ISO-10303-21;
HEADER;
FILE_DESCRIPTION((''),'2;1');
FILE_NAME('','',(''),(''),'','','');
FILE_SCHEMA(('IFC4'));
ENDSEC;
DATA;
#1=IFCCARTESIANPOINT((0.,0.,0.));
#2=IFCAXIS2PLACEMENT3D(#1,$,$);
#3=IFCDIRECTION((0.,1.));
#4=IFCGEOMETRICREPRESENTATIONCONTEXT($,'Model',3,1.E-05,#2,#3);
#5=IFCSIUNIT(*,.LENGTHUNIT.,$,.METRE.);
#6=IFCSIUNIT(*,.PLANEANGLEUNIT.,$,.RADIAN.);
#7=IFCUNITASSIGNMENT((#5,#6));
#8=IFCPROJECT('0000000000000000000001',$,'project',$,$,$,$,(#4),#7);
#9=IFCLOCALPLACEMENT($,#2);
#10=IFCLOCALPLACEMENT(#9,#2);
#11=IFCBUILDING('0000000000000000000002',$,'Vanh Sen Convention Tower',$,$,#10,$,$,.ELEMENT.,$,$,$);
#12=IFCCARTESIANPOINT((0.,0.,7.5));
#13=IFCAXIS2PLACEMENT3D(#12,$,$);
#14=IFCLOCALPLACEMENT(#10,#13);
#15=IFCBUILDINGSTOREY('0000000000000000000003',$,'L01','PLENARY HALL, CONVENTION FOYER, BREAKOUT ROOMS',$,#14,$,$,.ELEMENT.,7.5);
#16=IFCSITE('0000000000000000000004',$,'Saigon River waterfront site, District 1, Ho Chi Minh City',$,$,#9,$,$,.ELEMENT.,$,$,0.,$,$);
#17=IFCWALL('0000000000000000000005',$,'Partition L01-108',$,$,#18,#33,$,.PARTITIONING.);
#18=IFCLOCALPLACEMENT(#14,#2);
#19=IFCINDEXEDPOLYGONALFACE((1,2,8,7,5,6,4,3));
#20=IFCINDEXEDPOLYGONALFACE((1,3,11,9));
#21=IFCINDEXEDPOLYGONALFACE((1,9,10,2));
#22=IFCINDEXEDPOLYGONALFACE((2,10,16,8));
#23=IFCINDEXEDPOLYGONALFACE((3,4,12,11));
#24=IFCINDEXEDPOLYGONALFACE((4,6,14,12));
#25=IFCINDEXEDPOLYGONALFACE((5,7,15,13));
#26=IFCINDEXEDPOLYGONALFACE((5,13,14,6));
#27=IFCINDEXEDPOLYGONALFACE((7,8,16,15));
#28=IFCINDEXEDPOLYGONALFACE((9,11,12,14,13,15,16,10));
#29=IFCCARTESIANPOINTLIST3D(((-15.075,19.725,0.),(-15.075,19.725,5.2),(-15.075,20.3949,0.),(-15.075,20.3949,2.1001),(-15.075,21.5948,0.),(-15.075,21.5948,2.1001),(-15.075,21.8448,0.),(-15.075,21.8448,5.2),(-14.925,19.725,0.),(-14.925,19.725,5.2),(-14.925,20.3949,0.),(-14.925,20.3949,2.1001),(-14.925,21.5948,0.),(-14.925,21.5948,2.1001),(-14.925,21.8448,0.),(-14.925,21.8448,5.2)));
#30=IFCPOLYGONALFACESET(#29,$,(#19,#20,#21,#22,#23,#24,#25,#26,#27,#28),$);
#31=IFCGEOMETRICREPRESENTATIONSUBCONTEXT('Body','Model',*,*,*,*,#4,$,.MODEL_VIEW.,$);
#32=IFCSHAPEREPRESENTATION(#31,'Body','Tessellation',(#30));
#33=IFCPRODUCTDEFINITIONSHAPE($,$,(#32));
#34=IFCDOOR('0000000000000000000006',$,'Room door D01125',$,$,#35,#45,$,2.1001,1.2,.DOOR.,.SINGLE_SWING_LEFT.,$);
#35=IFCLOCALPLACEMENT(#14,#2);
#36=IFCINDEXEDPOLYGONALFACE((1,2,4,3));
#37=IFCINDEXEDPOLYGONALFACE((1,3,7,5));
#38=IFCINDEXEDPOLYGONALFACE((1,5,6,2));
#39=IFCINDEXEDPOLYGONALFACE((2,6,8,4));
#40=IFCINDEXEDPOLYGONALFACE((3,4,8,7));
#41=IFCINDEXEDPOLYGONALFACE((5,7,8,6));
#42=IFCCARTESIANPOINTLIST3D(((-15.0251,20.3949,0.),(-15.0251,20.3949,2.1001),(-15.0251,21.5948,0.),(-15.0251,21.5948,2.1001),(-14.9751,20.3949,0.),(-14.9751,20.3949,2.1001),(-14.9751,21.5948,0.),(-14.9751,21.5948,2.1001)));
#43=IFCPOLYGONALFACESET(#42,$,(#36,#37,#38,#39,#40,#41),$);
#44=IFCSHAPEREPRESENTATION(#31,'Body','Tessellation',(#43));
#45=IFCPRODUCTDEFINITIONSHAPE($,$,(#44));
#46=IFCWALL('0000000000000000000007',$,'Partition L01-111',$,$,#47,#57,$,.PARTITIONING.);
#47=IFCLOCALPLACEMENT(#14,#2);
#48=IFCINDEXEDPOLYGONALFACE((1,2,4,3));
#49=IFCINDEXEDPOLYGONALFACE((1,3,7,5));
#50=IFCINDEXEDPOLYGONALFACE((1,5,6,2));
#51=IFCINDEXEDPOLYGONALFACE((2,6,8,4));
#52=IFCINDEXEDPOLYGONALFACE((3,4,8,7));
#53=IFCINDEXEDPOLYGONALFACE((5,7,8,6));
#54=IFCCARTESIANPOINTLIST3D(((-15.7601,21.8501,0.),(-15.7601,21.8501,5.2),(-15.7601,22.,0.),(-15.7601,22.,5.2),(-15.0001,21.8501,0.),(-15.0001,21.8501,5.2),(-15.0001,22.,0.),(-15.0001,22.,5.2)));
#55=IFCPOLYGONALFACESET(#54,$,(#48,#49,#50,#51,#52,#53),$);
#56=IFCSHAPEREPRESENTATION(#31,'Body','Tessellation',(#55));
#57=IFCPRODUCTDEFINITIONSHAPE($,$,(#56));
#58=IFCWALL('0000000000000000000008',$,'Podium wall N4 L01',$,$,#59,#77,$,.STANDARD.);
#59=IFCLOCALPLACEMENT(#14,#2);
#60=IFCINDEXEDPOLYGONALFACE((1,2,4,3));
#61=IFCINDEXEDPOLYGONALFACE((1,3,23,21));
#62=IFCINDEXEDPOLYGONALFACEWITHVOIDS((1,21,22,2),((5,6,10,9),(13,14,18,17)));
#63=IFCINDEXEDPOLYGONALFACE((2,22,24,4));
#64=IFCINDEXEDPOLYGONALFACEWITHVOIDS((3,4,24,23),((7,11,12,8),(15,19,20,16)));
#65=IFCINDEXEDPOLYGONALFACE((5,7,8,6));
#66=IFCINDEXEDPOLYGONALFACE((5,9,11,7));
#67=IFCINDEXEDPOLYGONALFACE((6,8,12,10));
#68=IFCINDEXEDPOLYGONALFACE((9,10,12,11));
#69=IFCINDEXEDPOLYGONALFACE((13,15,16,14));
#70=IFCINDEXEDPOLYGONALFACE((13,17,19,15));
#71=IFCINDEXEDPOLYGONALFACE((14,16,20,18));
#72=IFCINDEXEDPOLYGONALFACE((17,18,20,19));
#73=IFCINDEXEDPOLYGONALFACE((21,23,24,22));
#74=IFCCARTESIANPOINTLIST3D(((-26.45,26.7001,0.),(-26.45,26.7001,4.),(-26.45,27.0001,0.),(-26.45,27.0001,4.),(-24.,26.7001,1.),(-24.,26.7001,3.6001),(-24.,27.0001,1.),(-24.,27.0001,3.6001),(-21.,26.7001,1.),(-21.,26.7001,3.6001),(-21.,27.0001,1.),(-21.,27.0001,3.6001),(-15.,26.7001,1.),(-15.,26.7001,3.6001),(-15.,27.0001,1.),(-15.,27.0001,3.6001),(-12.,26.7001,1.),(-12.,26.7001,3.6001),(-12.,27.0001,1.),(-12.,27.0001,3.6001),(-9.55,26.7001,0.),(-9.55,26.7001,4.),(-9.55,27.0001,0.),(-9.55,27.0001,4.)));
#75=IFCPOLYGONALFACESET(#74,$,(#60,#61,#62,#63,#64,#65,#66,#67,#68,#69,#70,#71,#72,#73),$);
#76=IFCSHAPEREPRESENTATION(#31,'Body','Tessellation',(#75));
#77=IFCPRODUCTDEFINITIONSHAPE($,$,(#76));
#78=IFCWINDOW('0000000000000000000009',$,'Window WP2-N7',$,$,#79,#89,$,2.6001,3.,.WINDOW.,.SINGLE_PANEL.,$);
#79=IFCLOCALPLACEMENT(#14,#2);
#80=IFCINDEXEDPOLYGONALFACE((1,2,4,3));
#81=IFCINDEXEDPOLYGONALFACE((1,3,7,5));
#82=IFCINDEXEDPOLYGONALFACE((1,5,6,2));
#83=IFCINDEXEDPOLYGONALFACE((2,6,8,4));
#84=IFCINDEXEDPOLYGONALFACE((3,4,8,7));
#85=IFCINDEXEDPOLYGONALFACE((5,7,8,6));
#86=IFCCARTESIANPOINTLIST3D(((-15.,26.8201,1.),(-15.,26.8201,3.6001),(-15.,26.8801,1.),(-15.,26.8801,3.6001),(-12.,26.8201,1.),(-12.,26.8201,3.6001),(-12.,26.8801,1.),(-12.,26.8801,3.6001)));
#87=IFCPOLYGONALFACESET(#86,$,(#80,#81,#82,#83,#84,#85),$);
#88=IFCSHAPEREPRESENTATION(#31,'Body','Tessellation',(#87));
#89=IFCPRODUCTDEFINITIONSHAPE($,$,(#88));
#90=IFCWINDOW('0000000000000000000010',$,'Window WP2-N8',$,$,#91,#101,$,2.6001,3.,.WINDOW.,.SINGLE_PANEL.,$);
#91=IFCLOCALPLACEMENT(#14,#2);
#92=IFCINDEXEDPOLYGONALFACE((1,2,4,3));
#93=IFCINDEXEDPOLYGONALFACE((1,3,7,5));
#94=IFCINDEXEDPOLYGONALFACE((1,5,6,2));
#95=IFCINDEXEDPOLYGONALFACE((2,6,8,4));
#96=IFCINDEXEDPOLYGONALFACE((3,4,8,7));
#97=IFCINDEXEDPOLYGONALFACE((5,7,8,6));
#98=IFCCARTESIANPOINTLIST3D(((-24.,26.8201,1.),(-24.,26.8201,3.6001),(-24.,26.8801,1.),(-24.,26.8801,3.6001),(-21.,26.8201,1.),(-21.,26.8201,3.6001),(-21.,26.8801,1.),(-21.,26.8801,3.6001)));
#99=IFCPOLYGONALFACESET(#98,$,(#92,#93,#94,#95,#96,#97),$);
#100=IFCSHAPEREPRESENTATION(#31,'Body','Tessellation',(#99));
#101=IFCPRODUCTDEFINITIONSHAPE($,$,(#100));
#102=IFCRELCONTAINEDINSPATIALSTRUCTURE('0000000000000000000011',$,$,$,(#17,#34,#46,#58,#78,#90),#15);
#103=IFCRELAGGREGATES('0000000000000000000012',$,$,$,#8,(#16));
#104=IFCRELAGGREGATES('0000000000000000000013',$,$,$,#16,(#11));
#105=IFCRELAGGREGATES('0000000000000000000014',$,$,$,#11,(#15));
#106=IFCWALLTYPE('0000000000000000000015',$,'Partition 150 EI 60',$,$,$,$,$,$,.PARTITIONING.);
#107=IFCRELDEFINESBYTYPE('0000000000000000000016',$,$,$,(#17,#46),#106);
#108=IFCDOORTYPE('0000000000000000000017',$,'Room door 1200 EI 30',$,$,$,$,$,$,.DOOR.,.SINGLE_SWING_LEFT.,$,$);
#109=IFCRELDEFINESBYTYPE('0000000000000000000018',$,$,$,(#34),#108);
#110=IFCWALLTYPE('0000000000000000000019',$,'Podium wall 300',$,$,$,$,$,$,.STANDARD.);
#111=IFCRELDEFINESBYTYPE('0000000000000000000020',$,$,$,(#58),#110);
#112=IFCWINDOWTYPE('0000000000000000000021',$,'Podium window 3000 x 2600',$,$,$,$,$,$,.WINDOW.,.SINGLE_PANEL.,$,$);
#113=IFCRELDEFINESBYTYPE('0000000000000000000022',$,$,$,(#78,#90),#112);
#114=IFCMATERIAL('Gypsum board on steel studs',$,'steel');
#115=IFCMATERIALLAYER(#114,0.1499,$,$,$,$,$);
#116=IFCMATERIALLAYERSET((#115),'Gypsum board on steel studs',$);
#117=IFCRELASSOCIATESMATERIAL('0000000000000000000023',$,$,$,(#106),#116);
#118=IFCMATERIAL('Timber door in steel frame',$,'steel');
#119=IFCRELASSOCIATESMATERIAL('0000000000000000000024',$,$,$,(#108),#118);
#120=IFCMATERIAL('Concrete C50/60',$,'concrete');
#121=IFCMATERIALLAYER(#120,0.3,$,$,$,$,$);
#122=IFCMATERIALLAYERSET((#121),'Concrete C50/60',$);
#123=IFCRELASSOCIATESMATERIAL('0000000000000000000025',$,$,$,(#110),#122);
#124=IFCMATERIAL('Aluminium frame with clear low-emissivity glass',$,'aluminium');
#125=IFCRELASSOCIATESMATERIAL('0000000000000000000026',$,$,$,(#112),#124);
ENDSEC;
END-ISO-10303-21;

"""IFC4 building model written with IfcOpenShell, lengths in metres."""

from ifc_helpers import new_model, si_unit, direction, frame, frame_2d, origin, place, context, subcontext, project, spatial, rectangle, extrude, material, layer, layer_set, type_object, element, fill, save


model = new_model("IFC4")

# Units and contexts
model_context = context("Model", 3, precision=1e-05, world=origin(), true_north=direction((0.0, 1.0)))
body_context = subcontext(model_context, "Body", "Model", "MODEL_VIEW")
ifc_project = project(units=[si_unit("LENGTHUNIT", "METRE"), si_unit("PLANEANGLEUNIT", "RADIAN")], contexts=[model_context])

# Site, building, storey
site_placement = place(None, origin())
site = spatial("IfcSite", under=ifc_project, at=site_placement, Name="Saigon River waterfront site, District 1, Ho Chi Minh City", CompositionType="ELEMENT", RefElevation=0.0)
building_placement = place(site_placement, origin())
building = spatial("IfcBuilding", under=site, at=building_placement, Name="Vanh Sen Convention Tower", CompositionType="ELEMENT")
storey_placement = place(building_placement, frame((0.0, 0.0, 7.5)))
storey = spatial("IfcBuildingStorey", under=building, at=storey_placement, Name="L01", Description="PLENARY HALL, CONVENTION FOYER, BREAKOUT ROOMS", CompositionType="ELEMENT", Elevation=7.5)

# Shared definitions
ifc_material_1 = material(Name="Gypsum board on steel studs", Category="steel")
ifc_layer_1 = layer(ifc_material_1, 0.1499)
ifc_layer_set_1 = layer_set([ifc_layer_1], Name="Gypsum board on steel studs")
wall_type_1 = type_object("IfcWallType", Name="Partition 150 EI 60", PredefinedType="PARTITIONING", material=ifc_layer_set_1)

# Wall, opening, door
wall_1_placement = place(storey_placement, frame((-15.0, 21.845, 0.0), z_axis=(0.0, 0.0, 1.0), x_axis=(0.0, -1.0, 0.0)))
wall_1 = element("IfcWall", 1, at=wall_1_placement, inside=storey, type_object=wall_type_1, Name="Partition L01-108", PredefinedType="PARTITIONING", context=body_context, shape_type="SweptSolid", body=[
    extrude(rectangle(XDim=2.1199, YDim=0.1499, at=frame_2d((1.0601, 0.0))), origin(), (0.0, 0.0, 1.0), 5.2),
])
opening_1_placement = place(wall_1_placement, frame((0.25, 0.0, 0.0)))
opening_1 = element("IfcOpeningElement", 2, at=opening_1_placement, cuts=wall_1, PredefinedType="OPENING", context=body_context, shape_type="SweptSolid", body=[
    extrude(rectangle(XDim=1.2, YDim=2.1001, at=frame_2d((0.6001, 1.05))), frame((0.0, 0.085, 0.0), z_axis=(0.0, -1.0, 0.0), x_axis=(1.0, 0.0, 0.0)), (0.0, 0.0, 1.0), 0.1699),
])
ifc_material_2 = material(Name="Timber door in steel frame", Category="steel")
door_type_1 = type_object("IfcDoorType", Name="Room door 1200 EI 30", OperationType="SINGLE_SWING_LEFT", PredefinedType="DOOR", material=ifc_material_2)
door_1_placement = place(opening_1_placement, origin())
door_1 = element("IfcDoor", 3, at=door_1_placement, inside=storey, type_object=door_type_1, Name="Room door D01125", OperationType="SINGLE_SWING_LEFT", OverallHeight=2.1001, OverallWidth=1.2, PredefinedType="DOOR", context=body_context, shape_type="SweptSolid", body=[
    extrude(rectangle(XDim=1.2, YDim=2.1001, at=frame_2d((0.6001, 1.05))), frame((0.0, 0.0249, 0.0), z_axis=(0.0, -1.0, 0.0), x_axis=(1.0, 0.0, 0.0)), (0.0, 0.0, 1.0), 0.05),
])
fill(opening_1, door_1)

# Wall
wall_2_placement = place(storey_placement, frame((-15.76, 21.925, 0.0), z_axis=(0.0, 0.0, 1.0), x_axis=(1.0, 0.0, 0.0)))
element("IfcWall", 4, at=wall_2_placement, inside=storey, type_object=wall_type_1, Name="Partition L01-111", PredefinedType="PARTITIONING", context=body_context, shape_type="SweptSolid", body=[
    extrude(rectangle(XDim=0.76, YDim=0.1499, at=frame_2d((0.3799, 0.0))), origin(), (0.0, 0.0, 1.0), 5.2),
])

# Wall, openings, windows
ifc_material_3 = material(Name="Concrete C50/60", Category="concrete")
ifc_layer_2 = layer(ifc_material_3, 0.3)
ifc_layer_set_2 = layer_set([ifc_layer_2], Name="Concrete C50/60")
wall_type_2 = type_object("IfcWallType", Name="Podium wall 300", PredefinedType="STANDARD", material=ifc_layer_set_2)
wall_3_placement = place(storey_placement, frame((-9.55, 26.8501, 0.0), z_axis=(0.0, 0.0, 1.0), x_axis=(-1.0, 0.0, 0.0)))
wall_3 = element("IfcWall", 5, at=wall_3_placement, inside=storey, type_object=wall_type_2, Name="Podium wall N4 L01", PredefinedType="STANDARD", context=body_context, shape_type="SweptSolid", body=[
    extrude(rectangle(XDim=16.8999, YDim=0.3, at=frame_2d((8.45, 0.0))), origin(), (0.0, 0.0, 1.0), 4.0),
])
opening_2_placement = place(wall_3_placement, frame((2.45, 0.0, 1.0)))
opening_2 = element("IfcOpeningElement", 6, at=opening_2_placement, cuts=wall_3, PredefinedType="OPENING", context=body_context, shape_type="SweptSolid", body=[
    extrude(rectangle(XDim=3.0, YDim=2.6001, at=frame_2d((1.5, 1.3))), frame((0.0, 0.1599, 0.0), z_axis=(0.0, -1.0, 0.0), x_axis=(1.0, 0.0, 0.0)), (0.0, 0.0, 1.0), 0.3201),
])
opening_3_placement = place(wall_3_placement, frame((11.45, 0.0, 1.0)))
opening_3 = element("IfcOpeningElement", 7, at=opening_3_placement, cuts=wall_3, PredefinedType="OPENING", context=body_context, shape_type="SweptSolid", body=[
    extrude(rectangle(XDim=3.0, YDim=2.6001, at=frame_2d((1.5, 1.3))), frame((0.0, 0.1599, 0.0), z_axis=(0.0, -1.0, 0.0), x_axis=(1.0, 0.0, 0.0)), (0.0, 0.0, 1.0), 0.3201),
])
ifc_material_4 = material(Name="Aluminium frame with clear low-emissivity glass", Category="aluminium")
window_type = type_object("IfcWindowType", Name="Podium window 3000 x 2600", PartitioningType="SINGLE_PANEL", PredefinedType="WINDOW", material=ifc_material_4)
window_1_placement = place(opening_2_placement, origin())
window_1 = element("IfcWindow", 8, at=window_1_placement, inside=storey, type_object=window_type, Name="Window WP2-N7", OverallHeight=2.6001, OverallWidth=3.0, PartitioningType="SINGLE_PANEL", PredefinedType="WINDOW", context=body_context, shape_type="SweptSolid", body=[
    extrude(rectangle(XDim=3.0, YDim=2.6001, at=frame_2d((1.5, 1.3))), frame((0.0, 0.03, 0.0), z_axis=(0.0, -1.0, 0.0), x_axis=(1.0, 0.0, 0.0)), (0.0, 0.0, 1.0), 0.0601),
])
fill(opening_2, window_1)
window_2_placement = place(opening_3_placement, origin())
window_2 = element("IfcWindow", 9, at=window_2_placement, inside=storey, type_object=window_type, Name="Window WP2-N8", OverallHeight=2.6001, OverallWidth=3.0, PartitioningType="SINGLE_PANEL", PredefinedType="WINDOW", context=body_context, shape_type="SweptSolid", body=[
    extrude(rectangle(XDim=3.0, YDim=2.6001, at=frame_2d((1.5, 1.3))), frame((0.0, 0.03, 0.0), z_axis=(0.0, -1.0, 0.0), x_axis=(1.0, 0.0, 0.0)), (0.0, 0.0, 1.0), 0.0601),
])
fill(opening_3, window_2)

save(model, "model.ifc")
